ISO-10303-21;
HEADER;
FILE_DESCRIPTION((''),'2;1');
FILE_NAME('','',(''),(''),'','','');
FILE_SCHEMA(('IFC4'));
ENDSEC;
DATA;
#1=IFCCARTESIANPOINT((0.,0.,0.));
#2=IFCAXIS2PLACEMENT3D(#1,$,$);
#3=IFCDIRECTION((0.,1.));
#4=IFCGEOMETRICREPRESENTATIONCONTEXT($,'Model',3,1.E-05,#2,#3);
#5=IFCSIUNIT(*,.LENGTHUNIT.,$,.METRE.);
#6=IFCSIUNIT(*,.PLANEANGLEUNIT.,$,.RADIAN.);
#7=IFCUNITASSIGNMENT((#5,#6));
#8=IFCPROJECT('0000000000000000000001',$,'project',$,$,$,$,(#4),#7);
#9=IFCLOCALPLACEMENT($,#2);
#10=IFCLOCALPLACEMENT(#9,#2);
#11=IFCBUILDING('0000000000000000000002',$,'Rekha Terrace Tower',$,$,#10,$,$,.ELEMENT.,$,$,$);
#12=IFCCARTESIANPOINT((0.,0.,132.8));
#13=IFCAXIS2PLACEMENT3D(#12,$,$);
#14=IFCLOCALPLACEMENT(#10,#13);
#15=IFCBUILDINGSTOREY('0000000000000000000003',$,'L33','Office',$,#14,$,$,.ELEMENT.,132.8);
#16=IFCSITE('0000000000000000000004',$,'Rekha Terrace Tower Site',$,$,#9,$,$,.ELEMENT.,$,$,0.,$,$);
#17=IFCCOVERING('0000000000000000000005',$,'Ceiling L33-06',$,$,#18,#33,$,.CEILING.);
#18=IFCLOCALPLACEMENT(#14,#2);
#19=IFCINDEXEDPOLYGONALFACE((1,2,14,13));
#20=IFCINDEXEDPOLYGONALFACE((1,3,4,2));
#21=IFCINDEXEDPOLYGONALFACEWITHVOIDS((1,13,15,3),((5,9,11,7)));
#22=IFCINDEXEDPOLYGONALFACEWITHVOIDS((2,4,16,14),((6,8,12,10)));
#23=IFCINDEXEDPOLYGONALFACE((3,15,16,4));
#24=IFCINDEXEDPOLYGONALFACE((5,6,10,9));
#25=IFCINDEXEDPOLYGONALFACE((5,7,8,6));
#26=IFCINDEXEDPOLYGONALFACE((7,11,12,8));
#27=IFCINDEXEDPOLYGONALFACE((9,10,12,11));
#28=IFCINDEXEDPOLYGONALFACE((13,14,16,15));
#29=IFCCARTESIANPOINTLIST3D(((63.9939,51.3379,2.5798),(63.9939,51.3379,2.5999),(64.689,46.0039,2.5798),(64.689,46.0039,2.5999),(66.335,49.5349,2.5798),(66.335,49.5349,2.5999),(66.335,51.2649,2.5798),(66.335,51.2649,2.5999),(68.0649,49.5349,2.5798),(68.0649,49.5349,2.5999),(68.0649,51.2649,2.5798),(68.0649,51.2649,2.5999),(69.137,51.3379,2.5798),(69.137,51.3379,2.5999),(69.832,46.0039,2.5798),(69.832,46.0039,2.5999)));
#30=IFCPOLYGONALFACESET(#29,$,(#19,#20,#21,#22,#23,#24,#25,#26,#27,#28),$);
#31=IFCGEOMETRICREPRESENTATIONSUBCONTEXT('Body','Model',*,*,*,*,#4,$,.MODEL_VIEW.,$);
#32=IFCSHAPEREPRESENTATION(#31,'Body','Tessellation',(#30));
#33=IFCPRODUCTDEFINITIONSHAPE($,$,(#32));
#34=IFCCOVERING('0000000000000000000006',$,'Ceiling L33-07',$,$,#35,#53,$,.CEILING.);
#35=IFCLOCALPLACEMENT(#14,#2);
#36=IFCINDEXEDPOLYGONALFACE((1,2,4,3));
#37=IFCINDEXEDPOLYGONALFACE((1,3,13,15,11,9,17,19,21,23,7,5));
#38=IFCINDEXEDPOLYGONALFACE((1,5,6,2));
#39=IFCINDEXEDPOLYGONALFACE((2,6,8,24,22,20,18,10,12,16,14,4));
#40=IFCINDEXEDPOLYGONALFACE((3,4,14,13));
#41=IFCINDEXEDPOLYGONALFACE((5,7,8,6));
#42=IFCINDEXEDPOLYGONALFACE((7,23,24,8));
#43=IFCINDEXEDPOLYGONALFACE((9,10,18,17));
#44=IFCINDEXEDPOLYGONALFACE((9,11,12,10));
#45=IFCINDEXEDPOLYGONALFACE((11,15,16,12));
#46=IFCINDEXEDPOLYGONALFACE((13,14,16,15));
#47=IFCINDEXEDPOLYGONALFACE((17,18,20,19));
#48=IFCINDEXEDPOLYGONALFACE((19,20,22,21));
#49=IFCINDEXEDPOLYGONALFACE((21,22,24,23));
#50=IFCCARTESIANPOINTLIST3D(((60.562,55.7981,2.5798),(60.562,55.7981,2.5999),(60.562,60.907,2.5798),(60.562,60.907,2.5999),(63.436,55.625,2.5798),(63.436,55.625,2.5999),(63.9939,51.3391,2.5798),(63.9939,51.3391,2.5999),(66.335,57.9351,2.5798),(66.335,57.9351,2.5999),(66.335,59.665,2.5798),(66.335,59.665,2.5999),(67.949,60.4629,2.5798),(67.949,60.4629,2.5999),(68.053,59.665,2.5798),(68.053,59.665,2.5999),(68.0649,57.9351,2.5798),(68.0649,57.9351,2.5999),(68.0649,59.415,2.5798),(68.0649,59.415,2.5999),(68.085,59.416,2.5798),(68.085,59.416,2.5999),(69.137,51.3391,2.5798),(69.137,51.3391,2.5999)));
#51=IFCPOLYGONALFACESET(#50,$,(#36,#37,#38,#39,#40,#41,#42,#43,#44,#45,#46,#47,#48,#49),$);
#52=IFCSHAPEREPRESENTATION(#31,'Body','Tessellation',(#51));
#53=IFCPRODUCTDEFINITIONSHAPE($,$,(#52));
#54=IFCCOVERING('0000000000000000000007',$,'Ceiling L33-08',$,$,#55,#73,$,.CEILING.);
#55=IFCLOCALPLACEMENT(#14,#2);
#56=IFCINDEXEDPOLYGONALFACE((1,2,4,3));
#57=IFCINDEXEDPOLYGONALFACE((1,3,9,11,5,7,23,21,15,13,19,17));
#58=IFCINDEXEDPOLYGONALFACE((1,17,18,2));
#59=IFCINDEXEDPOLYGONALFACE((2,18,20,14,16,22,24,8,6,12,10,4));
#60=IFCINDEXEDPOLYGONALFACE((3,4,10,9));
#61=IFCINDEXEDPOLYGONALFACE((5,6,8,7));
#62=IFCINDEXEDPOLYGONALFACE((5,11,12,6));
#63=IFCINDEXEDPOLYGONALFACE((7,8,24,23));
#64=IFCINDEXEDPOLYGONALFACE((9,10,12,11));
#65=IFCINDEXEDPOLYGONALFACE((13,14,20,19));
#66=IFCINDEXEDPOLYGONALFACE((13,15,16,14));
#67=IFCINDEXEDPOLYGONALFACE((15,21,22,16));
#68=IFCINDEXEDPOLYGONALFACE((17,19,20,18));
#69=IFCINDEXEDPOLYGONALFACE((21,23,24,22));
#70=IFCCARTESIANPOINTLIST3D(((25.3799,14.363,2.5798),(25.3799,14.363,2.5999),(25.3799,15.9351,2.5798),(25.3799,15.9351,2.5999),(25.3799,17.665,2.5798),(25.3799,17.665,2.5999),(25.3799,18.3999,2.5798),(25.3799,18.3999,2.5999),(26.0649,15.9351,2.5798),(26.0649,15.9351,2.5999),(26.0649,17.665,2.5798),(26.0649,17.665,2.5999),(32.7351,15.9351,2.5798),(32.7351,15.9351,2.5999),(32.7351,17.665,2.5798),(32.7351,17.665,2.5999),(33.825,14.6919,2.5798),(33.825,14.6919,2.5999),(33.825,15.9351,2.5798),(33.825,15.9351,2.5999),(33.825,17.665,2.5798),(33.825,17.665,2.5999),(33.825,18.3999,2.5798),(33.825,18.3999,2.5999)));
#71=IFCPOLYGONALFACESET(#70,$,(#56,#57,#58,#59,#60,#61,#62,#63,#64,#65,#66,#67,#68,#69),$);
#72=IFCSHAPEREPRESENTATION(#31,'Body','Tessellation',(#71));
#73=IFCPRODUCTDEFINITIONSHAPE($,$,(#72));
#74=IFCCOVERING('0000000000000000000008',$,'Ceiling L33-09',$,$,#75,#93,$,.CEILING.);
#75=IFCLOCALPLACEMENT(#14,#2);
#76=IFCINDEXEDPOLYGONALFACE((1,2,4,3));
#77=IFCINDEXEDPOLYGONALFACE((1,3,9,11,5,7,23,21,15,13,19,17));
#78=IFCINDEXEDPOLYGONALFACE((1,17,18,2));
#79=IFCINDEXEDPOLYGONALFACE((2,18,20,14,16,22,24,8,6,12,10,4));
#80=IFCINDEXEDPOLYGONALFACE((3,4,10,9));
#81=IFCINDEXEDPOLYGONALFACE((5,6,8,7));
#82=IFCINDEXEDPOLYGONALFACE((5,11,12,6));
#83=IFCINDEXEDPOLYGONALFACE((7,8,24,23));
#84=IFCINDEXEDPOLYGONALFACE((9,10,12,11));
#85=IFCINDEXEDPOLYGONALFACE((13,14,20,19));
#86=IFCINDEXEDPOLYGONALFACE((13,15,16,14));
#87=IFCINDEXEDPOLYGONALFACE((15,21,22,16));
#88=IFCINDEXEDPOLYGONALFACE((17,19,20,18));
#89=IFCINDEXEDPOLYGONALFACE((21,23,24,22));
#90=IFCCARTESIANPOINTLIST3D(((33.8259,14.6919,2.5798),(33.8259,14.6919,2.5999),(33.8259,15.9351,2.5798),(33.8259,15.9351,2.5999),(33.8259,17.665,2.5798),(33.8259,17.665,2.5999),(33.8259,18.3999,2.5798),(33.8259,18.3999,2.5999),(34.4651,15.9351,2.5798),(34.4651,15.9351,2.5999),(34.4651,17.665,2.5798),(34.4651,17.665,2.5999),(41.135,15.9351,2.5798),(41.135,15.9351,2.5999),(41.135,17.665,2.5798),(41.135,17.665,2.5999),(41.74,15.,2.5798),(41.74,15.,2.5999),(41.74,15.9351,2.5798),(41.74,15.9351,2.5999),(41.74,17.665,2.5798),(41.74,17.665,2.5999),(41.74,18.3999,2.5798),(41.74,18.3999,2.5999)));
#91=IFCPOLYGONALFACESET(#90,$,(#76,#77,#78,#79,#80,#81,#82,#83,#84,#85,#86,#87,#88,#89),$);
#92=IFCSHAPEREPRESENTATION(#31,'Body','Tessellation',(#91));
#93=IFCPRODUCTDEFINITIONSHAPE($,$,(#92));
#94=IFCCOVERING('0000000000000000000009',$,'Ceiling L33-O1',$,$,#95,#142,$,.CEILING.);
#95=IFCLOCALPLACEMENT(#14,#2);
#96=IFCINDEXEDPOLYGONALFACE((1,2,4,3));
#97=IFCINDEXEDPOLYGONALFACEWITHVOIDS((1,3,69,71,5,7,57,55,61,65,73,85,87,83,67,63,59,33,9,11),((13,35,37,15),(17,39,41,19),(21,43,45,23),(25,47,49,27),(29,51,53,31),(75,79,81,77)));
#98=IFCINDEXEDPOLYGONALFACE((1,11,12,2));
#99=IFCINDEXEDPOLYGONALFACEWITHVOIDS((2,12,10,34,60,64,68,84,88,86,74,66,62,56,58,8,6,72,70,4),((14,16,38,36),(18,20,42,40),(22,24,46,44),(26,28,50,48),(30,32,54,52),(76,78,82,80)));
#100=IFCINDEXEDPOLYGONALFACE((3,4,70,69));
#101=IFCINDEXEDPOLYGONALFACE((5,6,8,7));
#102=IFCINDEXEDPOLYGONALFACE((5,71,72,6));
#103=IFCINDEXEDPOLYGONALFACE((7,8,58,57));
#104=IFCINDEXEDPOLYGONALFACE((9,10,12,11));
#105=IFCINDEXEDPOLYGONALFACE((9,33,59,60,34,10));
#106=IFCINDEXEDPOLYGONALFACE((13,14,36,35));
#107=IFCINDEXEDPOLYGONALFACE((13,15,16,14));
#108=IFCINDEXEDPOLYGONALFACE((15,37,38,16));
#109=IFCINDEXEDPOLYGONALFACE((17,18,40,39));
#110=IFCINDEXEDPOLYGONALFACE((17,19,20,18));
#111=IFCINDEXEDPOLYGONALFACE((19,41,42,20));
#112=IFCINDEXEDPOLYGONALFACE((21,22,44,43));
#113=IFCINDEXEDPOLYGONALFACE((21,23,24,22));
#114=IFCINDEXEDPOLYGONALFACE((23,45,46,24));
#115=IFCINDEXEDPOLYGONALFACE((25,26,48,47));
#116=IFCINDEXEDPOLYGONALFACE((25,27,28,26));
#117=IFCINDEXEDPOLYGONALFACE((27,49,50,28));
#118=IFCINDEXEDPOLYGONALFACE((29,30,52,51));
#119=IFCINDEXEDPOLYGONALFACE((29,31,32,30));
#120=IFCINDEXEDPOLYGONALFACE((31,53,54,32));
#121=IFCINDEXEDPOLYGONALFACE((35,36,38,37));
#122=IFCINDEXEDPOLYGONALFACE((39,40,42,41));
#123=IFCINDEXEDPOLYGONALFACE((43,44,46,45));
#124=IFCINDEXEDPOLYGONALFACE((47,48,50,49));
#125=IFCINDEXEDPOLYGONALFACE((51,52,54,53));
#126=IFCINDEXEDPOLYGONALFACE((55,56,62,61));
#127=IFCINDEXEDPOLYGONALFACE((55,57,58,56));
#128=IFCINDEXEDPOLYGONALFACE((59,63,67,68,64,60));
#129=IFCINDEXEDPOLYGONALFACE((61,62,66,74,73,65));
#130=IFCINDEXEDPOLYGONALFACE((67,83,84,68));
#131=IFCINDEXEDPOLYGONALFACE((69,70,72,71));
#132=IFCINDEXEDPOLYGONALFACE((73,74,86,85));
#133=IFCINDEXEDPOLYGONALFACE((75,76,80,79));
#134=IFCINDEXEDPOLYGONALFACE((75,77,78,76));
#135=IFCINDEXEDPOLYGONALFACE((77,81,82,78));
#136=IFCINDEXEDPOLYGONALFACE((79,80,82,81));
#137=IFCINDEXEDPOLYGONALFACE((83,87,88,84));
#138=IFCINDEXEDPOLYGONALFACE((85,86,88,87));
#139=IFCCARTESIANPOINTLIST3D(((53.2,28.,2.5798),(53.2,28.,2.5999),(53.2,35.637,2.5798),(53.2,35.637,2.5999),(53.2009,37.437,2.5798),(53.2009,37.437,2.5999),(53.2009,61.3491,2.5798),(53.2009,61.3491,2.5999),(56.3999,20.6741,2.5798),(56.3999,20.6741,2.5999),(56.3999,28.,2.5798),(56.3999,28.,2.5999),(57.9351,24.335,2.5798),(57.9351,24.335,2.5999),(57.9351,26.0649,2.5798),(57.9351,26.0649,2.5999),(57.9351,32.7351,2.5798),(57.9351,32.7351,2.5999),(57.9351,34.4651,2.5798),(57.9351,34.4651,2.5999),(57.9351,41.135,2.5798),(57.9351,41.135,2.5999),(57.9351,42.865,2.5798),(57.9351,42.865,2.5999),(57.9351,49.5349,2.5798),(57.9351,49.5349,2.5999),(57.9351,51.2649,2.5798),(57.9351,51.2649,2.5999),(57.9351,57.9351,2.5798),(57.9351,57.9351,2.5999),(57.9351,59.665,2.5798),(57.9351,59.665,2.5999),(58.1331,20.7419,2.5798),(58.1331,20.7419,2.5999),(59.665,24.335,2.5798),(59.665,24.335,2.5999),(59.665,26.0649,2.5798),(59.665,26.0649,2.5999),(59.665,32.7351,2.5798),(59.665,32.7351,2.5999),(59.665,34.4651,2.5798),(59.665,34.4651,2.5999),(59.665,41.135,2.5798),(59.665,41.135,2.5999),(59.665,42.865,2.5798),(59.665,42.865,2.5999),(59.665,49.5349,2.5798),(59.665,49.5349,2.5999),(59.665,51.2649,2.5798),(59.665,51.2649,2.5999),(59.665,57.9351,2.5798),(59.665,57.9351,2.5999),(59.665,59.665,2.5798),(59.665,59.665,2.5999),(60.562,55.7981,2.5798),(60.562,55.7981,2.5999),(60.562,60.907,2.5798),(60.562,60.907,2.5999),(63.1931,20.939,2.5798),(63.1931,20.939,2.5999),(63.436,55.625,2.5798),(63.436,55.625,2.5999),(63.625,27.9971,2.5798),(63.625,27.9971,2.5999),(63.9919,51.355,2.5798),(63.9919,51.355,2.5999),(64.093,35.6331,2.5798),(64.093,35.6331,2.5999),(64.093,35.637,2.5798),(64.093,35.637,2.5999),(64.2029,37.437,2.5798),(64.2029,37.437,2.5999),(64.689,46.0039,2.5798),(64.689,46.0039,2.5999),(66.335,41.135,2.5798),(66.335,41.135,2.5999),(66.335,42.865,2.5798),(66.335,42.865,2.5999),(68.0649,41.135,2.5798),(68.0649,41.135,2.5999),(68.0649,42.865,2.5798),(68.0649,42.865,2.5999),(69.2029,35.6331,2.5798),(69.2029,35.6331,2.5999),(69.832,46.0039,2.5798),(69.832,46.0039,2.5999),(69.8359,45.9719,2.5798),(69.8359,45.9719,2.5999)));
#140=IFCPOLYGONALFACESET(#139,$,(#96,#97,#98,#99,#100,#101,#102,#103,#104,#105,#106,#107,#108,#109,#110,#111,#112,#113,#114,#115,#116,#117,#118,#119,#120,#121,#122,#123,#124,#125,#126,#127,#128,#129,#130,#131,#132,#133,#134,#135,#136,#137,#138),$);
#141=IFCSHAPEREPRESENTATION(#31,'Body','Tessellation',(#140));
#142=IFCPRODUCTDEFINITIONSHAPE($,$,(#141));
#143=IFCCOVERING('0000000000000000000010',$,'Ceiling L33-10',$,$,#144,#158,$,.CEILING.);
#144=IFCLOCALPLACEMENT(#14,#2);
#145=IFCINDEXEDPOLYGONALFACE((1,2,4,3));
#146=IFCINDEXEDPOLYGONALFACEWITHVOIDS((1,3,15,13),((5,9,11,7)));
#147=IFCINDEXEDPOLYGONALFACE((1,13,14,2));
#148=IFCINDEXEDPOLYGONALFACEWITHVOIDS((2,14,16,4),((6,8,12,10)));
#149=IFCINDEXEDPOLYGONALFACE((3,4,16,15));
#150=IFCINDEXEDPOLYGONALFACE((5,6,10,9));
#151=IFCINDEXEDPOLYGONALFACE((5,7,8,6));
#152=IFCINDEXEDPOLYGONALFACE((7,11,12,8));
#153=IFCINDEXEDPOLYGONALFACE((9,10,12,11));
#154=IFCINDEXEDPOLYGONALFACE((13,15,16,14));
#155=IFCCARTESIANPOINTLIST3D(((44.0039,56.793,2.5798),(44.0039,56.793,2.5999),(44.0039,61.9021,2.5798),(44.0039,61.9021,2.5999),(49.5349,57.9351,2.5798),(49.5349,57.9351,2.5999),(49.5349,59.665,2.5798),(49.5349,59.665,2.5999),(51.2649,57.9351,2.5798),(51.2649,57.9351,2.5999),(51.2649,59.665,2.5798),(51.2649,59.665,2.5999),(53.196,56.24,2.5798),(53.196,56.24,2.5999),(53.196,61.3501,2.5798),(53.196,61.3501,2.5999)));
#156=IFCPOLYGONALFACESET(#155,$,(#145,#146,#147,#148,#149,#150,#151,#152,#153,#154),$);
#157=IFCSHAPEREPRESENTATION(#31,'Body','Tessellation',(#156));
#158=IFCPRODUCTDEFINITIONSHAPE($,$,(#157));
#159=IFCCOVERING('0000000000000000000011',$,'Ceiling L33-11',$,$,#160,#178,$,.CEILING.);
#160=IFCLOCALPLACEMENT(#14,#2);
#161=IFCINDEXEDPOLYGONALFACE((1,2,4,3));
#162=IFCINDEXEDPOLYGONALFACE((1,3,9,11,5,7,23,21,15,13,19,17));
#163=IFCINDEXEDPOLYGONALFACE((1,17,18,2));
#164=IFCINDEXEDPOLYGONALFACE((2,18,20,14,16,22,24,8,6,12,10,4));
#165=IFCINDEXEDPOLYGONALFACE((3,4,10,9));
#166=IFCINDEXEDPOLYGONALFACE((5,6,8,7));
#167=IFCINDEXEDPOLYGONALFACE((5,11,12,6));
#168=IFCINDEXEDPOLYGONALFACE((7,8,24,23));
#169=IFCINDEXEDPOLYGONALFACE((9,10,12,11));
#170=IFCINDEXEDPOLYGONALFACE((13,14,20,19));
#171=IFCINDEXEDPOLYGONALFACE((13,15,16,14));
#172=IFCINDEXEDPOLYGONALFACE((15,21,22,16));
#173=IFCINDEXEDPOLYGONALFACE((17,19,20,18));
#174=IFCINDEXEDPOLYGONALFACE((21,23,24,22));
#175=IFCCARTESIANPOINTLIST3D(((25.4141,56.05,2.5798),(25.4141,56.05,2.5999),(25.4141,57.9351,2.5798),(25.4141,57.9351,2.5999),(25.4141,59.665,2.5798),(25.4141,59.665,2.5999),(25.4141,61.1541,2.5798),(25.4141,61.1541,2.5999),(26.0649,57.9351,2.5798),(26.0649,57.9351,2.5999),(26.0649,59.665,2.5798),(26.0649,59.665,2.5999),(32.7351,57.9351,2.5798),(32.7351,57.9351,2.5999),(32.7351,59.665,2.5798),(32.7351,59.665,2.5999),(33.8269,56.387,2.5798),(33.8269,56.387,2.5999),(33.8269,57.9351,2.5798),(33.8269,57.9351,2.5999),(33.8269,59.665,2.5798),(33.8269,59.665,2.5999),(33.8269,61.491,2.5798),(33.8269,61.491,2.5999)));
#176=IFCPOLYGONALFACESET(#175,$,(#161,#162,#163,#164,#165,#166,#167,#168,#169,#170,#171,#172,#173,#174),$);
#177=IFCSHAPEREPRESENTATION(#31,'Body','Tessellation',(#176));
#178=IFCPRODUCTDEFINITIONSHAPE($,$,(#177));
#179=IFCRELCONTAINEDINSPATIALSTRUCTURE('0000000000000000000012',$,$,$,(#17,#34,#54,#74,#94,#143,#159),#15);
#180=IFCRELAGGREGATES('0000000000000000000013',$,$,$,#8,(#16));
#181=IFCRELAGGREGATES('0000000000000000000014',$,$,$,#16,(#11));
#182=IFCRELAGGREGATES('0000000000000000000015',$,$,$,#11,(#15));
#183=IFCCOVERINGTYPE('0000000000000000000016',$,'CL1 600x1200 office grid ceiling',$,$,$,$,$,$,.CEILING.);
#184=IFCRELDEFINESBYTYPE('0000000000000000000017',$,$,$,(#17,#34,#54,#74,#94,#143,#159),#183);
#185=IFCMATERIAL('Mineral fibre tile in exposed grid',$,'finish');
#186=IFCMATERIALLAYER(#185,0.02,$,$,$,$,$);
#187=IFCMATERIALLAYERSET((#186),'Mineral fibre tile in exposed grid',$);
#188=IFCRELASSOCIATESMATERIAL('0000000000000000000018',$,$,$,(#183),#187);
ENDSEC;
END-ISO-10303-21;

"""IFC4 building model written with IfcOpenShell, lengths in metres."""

from ifc_helpers import new_model, si_unit, direction, frame, origin, place, context, subcontext, project, spatial, polyline, outline, extrude, material, layer, layer_set, type_object, element, save


model = new_model("IFC4")

# Units and contexts
model_context = context("Model", 3, precision=1e-05, world=origin(), true_north=direction((0.0, 1.0)))
body_context = subcontext(model_context, "Body", "Model", "MODEL_VIEW")
ifc_project = project(units=[si_unit("LENGTHUNIT", "METRE"), si_unit("PLANEANGLEUNIT", "RADIAN")], contexts=[model_context])

# Site, building, storey
site_placement = place(None, origin())
site = spatial("IfcSite", under=ifc_project, at=site_placement, Name="Rekha Terrace Tower Site", CompositionType="ELEMENT", RefElevation=0.0)
building_placement = place(site_placement, origin())
building = spatial("IfcBuilding", under=site, at=building_placement, Name="Rekha Terrace Tower", CompositionType="ELEMENT")
storey_placement = place(building_placement, frame((0.0, 0.0, 132.8)))
storey = spatial("IfcBuildingStorey", under=building, at=storey_placement, Name="L33", Description="Office", CompositionType="ELEMENT", Elevation=132.8)

# Coverings
ifc_material_1 = material(Name="Mineral fibre tile in exposed grid", Category="finish")
ifc_layer_1 = layer(ifc_material_1, 0.02)
ifc_layer_set_1 = layer_set([ifc_layer_1], Name="Mineral fibre tile in exposed grid")
covering_type_1 = type_object("IfcCoveringType", Name="CL1 600x1200 office grid ceiling", PredefinedType="CEILING", material=ifc_layer_set_1)
covering_1_placement = place(storey_placement, frame((0.0, 0.0, 2.5798)))
element("IfcCovering", 1, at=covering_1_placement, inside=storey, type_object=covering_type_1, Name="Ceiling L33-06", PredefinedType="CEILING", context=body_context, shape_type="SweptSolid", body=[
    extrude(outline(polyline([(64.689, 46.0039), (69.832, 46.0039), (69.137, 51.3379), (63.9939, 51.3379), (64.689, 46.0039)]), holes=[polyline([(68.0649, 49.5349), (66.335, 49.5349), (66.335, 51.2649), (68.0649, 51.2649), (68.0649, 49.5349)])]), origin(), (0.0, 0.0, 1.0), 0.02),
])
covering_2_placement = place(storey_placement, frame((0.0, 0.0, 2.5798)))
element("IfcCovering", 2, at=covering_2_placement, inside=storey, type_object=covering_type_1, Name="Ceiling L33-07", PredefinedType="CEILING", context=body_context, shape_type="SweptSolid", body=[
    extrude(outline(polyline([(67.949, 60.4629), (60.562, 60.907), (60.562, 55.7981), (63.436, 55.625), (63.9939, 51.3391), (69.137, 51.3391), (68.085, 59.416), (68.0649, 59.415), (68.0649, 57.9351), (66.335, 57.9351), (66.335, 59.665), (68.053, 59.665), (67.949, 60.4629)])), origin(), (0.0, 0.0, 1.0), 0.02),
])
covering_3_placement = place(storey_placement, frame((0.0, 0.0, 2.5798)))
element("IfcCovering", 3, at=covering_3_placement, inside=storey, type_object=covering_type_1, Name="Ceiling L33-08", PredefinedType="CEILING", context=body_context, shape_type="SweptSolid", body=[
    extrude(outline(polyline([(33.825, 17.665), (33.825, 18.3999), (25.3799, 18.3999), (25.3799, 17.665), (26.0649, 17.665), (26.0649, 15.9351), (25.3799, 15.9351), (25.3799, 14.363), (33.825, 14.6919), (33.825, 15.9351), (32.7351, 15.9351), (32.7351, 17.665), (33.825, 17.665)])), origin(), (0.0, 0.0, 1.0), 0.02),
])
covering_4_placement = place(storey_placement, frame((0.0, 0.0, 2.5798)))
element("IfcCovering", 4, at=covering_4_placement, inside=storey, type_object=covering_type_1, Name="Ceiling L33-09", PredefinedType="CEILING", context=body_context, shape_type="SweptSolid", body=[
    extrude(outline(polyline([(41.74, 17.665), (41.74, 18.3999), (33.8259, 18.3999), (33.8259, 17.665), (34.4651, 17.665), (34.4651, 15.9351), (33.8259, 15.9351), (33.8259, 14.6919), (41.74, 15.0), (41.74, 15.9351), (41.135, 15.9351), (41.135, 17.665), (41.74, 17.665)])), origin(), (0.0, 0.0, 1.0), 0.02),
])
covering_5_placement = place(storey_placement, frame((0.0, 0.0, 2.5798)))
element("IfcCovering", 5, at=covering_5_placement, inside=storey, type_object=covering_type_1, Name="Ceiling L33-O1", PredefinedType="CEILING", context=body_context, shape_type="SweptSolid", body=[
    extrude(outline(polyline([(56.3999, 20.6741), (58.1331, 20.7419), (63.1931, 20.939), (63.625, 27.9971), (64.093, 35.6331), (69.2029, 35.6331), (69.8359, 45.9719), (69.832, 46.0039), (64.689, 46.0039), (63.9919, 51.355), (63.436, 55.625), (60.562, 55.7981), (60.562, 60.907), (53.2009, 61.3491), (53.2009, 37.437), (64.2029, 37.437), (64.093, 35.637), (53.2, 35.637), (53.2, 28.0), (56.3999, 28.0), (56.3999, 20.6741)]), holes=[polyline([(68.0649, 41.135), (66.335, 41.135), (66.335, 42.865), (68.0649, 42.865), (68.0649, 41.135)]), polyline([(59.665, 26.0649), (59.665, 24.335), (57.9351, 24.335), (57.9351, 26.0649), (59.665, 26.0649)]), polyline([(59.665, 32.7351), (57.9351, 32.7351), (57.9351, 34.4651), (59.665, 34.4651), (59.665, 32.7351)]), polyline([(59.665, 41.135), (57.9351, 41.135), (57.9351, 42.865), (59.665, 42.865), (59.665, 41.135)]), polyline([(59.665, 49.5349), (57.9351, 49.5349), (57.9351, 51.2649), (59.665, 51.2649), (59.665, 49.5349)]), polyline([(59.665, 57.9351), (57.9351, 57.9351), (57.9351, 59.665), (59.665, 59.665), (59.665, 57.9351)])]), origin(), (0.0, 0.0, 1.0), 0.02),
])
covering_6_placement = place(storey_placement, frame((0.0, 0.0, 2.5798)))
element("IfcCovering", 6, at=covering_6_placement, inside=storey, type_object=covering_type_1, Name="Ceiling L33-10", PredefinedType="CEILING", context=body_context, shape_type="SweptSolid", body=[
    extrude(outline(polyline([(44.0039, 56.793), (53.196, 56.24), (53.196, 61.3501), (44.0039, 61.9021), (44.0039, 56.793)]), holes=[polyline([(51.2649, 57.9351), (49.5349, 57.9351), (49.5349, 59.665), (51.2649, 59.665), (51.2649, 57.9351)])]), origin(), (0.0, 0.0, 1.0), 0.02),
])
covering_7_placement = place(storey_placement, frame((0.0, 0.0, 2.5798)))
element("IfcCovering", 7, at=covering_7_placement, inside=storey, type_object=covering_type_1, Name="Ceiling L33-11", PredefinedType="CEILING", context=body_context, shape_type="SweptSolid", body=[
    extrude(outline(polyline([(25.4141, 57.9351), (25.4141, 56.05), (33.8269, 56.387), (33.8269, 57.9351), (32.7351, 57.9351), (32.7351, 59.665), (33.8269, 59.665), (33.8269, 61.491), (25.4141, 61.1541), (25.4141, 59.665), (26.0649, 59.665), (26.0649, 57.9351), (25.4141, 57.9351)])), origin(), (0.0, 0.0, 1.0), 0.02),
])

save(model, "model.ifc")
